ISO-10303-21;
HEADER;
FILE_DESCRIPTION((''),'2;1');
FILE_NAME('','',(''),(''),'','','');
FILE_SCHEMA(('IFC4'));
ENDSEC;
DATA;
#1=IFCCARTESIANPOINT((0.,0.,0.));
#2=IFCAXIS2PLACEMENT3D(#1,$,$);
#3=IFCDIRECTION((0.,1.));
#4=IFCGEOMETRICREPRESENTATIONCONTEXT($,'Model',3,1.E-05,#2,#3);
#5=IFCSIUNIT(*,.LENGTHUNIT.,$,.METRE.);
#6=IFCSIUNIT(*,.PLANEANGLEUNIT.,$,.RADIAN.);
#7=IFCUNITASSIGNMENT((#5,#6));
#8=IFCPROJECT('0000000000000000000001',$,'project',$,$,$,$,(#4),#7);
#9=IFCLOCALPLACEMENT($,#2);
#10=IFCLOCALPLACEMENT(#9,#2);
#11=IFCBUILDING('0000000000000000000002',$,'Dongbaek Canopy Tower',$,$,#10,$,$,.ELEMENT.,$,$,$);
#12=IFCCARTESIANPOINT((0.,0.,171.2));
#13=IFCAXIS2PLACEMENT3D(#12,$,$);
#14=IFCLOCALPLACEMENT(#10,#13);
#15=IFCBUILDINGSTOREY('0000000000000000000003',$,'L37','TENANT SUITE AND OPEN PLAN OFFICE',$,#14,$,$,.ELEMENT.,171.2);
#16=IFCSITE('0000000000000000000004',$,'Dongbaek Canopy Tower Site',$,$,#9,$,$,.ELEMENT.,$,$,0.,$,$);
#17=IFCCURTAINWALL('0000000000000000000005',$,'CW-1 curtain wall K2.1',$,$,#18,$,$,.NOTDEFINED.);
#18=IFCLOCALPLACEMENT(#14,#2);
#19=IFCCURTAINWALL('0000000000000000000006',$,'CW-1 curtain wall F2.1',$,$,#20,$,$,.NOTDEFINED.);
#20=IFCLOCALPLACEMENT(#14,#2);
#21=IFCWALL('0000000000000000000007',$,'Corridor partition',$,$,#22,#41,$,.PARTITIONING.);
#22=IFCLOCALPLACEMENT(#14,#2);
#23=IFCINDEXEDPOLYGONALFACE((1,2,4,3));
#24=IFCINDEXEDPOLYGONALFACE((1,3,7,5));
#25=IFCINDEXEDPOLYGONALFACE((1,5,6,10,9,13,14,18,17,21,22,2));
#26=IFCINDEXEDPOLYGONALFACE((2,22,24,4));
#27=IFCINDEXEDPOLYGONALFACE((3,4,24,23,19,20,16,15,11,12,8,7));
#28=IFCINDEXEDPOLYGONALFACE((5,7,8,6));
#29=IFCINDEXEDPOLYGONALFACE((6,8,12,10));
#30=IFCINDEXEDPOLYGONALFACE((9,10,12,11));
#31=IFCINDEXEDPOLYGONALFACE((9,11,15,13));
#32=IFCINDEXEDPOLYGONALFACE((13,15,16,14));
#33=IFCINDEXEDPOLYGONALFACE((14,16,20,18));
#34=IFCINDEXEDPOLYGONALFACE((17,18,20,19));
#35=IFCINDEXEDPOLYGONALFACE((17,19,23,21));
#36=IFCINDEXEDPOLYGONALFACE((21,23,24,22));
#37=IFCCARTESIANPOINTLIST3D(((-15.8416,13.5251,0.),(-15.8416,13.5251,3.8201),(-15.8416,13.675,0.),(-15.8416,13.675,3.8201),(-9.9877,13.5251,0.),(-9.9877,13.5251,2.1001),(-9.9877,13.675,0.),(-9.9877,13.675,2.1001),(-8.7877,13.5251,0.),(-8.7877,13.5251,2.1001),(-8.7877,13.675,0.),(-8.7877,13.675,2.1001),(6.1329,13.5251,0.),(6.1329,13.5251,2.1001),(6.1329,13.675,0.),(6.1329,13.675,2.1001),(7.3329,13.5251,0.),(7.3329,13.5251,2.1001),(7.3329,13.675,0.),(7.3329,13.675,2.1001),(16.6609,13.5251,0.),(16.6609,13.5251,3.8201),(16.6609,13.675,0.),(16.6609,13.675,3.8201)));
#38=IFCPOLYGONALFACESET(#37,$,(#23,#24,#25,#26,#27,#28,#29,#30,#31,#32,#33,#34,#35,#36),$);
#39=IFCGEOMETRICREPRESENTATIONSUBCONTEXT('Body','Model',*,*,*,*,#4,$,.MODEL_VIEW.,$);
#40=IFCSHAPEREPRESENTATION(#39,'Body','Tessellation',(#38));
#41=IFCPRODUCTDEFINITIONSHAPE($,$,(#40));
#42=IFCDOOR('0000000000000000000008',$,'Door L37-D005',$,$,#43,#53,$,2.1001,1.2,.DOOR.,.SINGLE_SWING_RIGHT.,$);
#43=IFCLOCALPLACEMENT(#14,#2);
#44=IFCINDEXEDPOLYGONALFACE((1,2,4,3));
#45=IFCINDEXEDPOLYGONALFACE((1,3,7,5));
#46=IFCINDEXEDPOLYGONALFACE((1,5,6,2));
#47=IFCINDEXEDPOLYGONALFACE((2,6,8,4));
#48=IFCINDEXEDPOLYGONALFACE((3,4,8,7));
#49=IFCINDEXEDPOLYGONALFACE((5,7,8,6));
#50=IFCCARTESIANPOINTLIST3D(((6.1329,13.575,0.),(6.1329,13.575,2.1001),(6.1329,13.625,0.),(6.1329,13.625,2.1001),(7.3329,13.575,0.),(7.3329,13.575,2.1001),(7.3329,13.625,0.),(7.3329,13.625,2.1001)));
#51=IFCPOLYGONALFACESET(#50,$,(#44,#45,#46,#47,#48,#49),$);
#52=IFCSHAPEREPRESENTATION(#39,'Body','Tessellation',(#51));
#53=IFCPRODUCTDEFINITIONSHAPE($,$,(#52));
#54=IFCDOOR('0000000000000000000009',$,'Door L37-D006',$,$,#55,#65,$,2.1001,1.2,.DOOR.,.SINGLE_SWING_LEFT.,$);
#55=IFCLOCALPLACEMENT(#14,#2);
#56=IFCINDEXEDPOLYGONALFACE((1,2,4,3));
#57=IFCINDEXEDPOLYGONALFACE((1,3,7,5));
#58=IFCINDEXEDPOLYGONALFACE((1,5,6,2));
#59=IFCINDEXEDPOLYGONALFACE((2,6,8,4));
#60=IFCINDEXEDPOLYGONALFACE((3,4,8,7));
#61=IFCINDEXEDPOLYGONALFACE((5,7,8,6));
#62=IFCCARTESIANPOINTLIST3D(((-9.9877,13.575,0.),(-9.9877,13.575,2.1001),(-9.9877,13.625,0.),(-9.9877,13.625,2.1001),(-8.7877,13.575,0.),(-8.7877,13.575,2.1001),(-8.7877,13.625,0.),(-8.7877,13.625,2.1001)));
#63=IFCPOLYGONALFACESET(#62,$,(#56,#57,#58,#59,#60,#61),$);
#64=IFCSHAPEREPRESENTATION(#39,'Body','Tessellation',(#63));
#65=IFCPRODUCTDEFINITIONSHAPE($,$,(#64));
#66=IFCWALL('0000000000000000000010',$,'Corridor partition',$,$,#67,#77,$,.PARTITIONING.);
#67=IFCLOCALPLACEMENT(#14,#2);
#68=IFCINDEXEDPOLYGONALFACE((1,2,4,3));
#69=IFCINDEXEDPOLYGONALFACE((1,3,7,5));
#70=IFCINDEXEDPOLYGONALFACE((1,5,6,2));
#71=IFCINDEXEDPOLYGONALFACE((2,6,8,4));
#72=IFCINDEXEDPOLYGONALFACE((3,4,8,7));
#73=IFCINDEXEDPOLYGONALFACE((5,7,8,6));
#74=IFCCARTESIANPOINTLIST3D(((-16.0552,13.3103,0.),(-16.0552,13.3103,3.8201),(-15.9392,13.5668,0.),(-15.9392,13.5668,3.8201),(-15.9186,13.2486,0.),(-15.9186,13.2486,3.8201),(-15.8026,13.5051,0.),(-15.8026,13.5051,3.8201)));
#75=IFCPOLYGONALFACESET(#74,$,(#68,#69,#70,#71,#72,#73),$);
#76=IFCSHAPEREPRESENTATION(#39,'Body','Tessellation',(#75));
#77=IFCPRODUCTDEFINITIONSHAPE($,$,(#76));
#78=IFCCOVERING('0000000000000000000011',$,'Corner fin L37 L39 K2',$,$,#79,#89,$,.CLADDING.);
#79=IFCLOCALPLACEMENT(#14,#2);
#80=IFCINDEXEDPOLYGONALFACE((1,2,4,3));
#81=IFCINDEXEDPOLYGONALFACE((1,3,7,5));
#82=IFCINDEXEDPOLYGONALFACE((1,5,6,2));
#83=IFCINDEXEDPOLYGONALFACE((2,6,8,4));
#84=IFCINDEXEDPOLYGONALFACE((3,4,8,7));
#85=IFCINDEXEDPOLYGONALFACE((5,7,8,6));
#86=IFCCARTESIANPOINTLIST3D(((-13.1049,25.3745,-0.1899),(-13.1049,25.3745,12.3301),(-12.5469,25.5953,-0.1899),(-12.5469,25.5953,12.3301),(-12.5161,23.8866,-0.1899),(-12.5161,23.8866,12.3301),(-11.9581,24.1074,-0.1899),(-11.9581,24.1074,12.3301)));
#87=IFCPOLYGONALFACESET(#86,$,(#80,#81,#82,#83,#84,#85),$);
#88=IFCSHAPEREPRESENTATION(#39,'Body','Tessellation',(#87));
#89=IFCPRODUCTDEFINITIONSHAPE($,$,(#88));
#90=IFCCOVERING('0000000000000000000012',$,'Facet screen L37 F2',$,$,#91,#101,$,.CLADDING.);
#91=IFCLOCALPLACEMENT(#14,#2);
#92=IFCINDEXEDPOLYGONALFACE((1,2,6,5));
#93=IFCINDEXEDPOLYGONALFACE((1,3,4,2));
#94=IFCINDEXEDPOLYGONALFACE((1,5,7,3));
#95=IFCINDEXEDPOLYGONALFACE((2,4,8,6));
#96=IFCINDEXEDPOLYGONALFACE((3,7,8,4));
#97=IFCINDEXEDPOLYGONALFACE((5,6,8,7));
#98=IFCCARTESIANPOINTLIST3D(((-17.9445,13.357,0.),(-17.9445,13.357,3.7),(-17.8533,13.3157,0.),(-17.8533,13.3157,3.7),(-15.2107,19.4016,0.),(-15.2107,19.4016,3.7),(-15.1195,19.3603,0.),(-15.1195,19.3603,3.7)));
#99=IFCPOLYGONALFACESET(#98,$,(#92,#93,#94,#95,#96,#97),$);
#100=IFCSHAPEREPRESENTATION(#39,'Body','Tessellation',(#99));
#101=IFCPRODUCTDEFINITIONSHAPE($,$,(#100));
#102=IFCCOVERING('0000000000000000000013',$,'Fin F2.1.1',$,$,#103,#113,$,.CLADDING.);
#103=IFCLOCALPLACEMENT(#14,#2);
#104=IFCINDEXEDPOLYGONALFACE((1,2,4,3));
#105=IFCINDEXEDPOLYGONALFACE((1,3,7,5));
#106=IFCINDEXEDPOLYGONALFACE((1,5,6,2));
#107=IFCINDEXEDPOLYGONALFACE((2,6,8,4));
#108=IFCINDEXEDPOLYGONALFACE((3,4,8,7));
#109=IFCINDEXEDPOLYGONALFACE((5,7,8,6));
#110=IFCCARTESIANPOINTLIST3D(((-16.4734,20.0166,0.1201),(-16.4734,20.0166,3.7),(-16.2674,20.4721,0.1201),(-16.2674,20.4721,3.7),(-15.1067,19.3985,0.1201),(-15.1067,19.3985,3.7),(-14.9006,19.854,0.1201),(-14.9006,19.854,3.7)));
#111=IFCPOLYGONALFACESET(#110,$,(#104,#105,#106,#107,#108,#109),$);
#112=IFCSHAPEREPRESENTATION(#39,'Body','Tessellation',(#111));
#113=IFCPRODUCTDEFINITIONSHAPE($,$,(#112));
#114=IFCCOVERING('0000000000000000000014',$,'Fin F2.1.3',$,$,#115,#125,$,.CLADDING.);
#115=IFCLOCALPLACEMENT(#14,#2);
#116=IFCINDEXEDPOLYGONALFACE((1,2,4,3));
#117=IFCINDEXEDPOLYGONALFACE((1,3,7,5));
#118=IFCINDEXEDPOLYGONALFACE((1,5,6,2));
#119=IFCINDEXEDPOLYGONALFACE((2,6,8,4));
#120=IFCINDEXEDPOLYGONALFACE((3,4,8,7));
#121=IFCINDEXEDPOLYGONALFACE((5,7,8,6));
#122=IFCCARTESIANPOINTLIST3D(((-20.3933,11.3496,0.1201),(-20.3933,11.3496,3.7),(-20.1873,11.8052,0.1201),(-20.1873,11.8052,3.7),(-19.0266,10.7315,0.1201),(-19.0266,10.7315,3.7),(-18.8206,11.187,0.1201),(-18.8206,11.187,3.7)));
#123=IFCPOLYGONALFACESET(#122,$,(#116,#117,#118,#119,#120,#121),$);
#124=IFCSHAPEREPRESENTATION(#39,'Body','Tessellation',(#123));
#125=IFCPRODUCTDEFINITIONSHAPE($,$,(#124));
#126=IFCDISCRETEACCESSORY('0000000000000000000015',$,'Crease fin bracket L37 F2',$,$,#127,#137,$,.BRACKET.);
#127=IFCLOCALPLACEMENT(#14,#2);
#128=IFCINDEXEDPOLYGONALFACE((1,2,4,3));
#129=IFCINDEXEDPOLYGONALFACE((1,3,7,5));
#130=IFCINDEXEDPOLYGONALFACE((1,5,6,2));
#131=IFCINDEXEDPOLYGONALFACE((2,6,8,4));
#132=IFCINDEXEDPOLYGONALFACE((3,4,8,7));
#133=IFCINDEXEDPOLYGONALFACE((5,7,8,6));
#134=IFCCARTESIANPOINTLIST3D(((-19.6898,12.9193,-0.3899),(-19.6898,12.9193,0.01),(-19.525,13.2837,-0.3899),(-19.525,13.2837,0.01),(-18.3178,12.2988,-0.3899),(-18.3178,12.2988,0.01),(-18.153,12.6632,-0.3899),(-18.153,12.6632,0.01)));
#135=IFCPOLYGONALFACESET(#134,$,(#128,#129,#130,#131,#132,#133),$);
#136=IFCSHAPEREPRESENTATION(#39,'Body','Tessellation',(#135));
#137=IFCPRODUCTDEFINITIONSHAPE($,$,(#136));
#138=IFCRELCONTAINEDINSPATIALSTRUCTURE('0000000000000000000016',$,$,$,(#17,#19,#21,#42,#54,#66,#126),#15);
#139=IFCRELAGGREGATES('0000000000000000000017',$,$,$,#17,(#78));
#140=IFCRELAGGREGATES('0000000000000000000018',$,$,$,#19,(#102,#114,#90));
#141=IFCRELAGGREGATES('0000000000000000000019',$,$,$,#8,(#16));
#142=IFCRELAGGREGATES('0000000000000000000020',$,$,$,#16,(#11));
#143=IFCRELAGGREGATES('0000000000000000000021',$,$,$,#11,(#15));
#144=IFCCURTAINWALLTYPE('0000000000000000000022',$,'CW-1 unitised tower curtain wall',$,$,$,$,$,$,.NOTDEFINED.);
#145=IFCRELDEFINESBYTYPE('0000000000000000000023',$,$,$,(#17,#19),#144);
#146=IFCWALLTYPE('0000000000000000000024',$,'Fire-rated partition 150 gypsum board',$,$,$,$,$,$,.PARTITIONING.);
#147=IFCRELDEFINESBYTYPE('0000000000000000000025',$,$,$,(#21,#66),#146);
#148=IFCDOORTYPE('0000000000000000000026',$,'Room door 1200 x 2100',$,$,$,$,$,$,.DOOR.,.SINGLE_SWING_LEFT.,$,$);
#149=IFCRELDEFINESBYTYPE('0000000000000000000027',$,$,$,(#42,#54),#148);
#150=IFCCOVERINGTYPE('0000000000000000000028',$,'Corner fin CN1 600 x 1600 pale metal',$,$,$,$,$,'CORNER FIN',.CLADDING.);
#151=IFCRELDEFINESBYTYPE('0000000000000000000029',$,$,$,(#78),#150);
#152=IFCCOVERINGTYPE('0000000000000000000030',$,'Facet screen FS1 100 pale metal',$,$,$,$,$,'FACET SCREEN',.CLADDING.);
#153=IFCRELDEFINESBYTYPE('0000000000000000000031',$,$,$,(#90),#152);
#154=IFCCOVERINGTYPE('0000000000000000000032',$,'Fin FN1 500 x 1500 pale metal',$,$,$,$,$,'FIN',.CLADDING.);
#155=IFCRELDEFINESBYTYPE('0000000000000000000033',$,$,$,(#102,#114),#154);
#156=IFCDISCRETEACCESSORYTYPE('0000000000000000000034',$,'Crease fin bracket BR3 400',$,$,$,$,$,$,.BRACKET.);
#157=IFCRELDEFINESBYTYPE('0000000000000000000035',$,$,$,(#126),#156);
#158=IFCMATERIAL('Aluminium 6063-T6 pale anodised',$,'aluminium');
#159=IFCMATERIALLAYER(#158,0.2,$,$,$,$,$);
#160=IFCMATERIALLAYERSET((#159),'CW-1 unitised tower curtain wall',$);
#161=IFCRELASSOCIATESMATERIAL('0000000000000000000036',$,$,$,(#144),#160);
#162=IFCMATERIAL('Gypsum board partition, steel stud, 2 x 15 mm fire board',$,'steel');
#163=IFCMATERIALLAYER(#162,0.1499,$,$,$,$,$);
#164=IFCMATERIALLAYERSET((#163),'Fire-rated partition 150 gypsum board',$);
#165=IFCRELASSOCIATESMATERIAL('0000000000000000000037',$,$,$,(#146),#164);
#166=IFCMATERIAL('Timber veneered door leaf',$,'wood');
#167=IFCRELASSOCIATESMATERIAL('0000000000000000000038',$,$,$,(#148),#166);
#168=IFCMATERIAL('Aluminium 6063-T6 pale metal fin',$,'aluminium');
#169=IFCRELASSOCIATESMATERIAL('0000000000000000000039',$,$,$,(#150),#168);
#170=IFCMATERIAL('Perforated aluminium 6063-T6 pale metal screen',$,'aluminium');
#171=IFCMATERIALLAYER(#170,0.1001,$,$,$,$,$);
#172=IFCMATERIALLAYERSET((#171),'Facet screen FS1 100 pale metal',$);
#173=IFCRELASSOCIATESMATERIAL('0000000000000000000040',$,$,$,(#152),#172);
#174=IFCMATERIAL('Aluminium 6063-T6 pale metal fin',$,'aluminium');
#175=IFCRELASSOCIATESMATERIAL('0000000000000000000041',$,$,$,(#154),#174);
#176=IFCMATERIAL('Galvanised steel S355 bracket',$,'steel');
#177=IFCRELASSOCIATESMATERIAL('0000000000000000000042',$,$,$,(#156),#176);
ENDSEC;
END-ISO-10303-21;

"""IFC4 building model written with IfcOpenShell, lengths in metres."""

from ifc_helpers import new_model, si_unit, direction, frame, frame_2d, origin, origin_2d, place, context, subcontext, project, spatial, rectangle, extrude, material, layer, layer_set, material_profile, profile_set, type_object, element, fill, aggregate, save


model = new_model("IFC4")

# Units and contexts
model_context = context("Model", 3, precision=1e-05, world=origin(), true_north=direction((0.0, 1.0)))
body_context = subcontext(model_context, "Body", "Model", "MODEL_VIEW")
ifc_project = project(units=[si_unit("LENGTHUNIT", "METRE"), si_unit("PLANEANGLEUNIT", "RADIAN")], contexts=[model_context])

# Site, building, storey
site_placement = place(None, origin())
site = spatial("IfcSite", under=ifc_project, at=site_placement, Name="Dongbaek Canopy Tower Site", CompositionType="ELEMENT", RefElevation=0.0)
building_placement = place(site_placement, origin())
building = spatial("IfcBuilding", under=site, at=building_placement, Name="Dongbaek Canopy Tower", CompositionType="ELEMENT")
storey_placement = place(building_placement, frame((0.0, 0.0, 171.2)))
storey = spatial("IfcBuildingStorey", under=building, at=storey_placement, Name="L37", Description="TENANT SUITE AND OPEN PLAN OFFICE", CompositionType="ELEMENT", Elevation=171.2)

# Curtain walls
ifc_material_1 = material(Name="Aluminium 6063-T6 pale anodised", Category="aluminium")
ifc_layer_1 = layer(ifc_material_1, 0.2)
ifc_layer_set_1 = layer_set([ifc_layer_1], Name="CW-1 unitised tower curtain wall")
curtain_wall_type = type_object("IfcCurtainWallType", Name="CW-1 unitised tower curtain wall", PredefinedType="NOTDEFINED", material=ifc_layer_set_1)
curtain_wall_1_placement = place(storey_placement, origin())
curtain_wall_1 = element("IfcCurtainWall", 1, at=curtain_wall_1_placement, inside=storey, type_object=curtain_wall_type, Name="CW-1 curtain wall K2.1", PredefinedType="NOTDEFINED")
curtain_wall_2_placement = place(storey_placement, origin())
curtain_wall_2 = element("IfcCurtainWall", 2, at=curtain_wall_2_placement, inside=storey, type_object=curtain_wall_type, Name="CW-1 curtain wall F2.1", PredefinedType="NOTDEFINED")

# Wall, openings, doors
ifc_material_2 = material(Name="Gypsum board partition, steel stud, 2 x 15 mm fire board", Category="steel")
ifc_layer_2 = layer(ifc_material_2, 0.1499)
ifc_layer_set_2 = layer_set([ifc_layer_2], Name="Fire-rated partition 150 gypsum board")
wall_type = type_object("IfcWallType", Name="Fire-rated partition 150 gypsum board", PredefinedType="PARTITIONING", material=ifc_layer_set_2)
wall_1_placement = place(storey_placement, frame((-15.8416, 13.6001, 0.0), z_axis=(0.0, 0.0, 1.0), x_axis=(1.0, 0.0, 0.0)))
wall_1 = element("IfcWall", 3, at=wall_1_placement, inside=storey, type_object=wall_type, Name="Corridor partition", PredefinedType="PARTITIONING", context=body_context, shape_type="SweptSolid", body=[
    extrude(rectangle(XDim=32.5024, YDim=0.1499, at=frame_2d((16.2512, 0.0))), origin(), (0.0, 0.0, 1.0), 3.8201),
])
opening_1_placement = place(wall_1_placement, frame((21.9744, 0.0, 0.0)))
opening_1 = element("IfcOpeningElement", 4, at=opening_1_placement, cuts=wall_1, PredefinedType="OPENING", context=body_context, shape_type="SweptSolid", body=[
    extrude(rectangle(XDim=1.2, YDim=2.1001, at=frame_2d((0.6001, 1.05))), frame((0.0, 0.085, 0.0), z_axis=(0.0, -1.0, 0.0), x_axis=(1.0, 0.0, 0.0)), (0.0, 0.0, 1.0), 0.1699),
])
opening_2_placement = place(wall_1_placement, frame((5.8538, 0.0, 0.0)))
opening_2 = element("IfcOpeningElement", 5, at=opening_2_placement, cuts=wall_1, PredefinedType="OPENING", context=body_context, shape_type="SweptSolid", body=[
    extrude(rectangle(XDim=1.2, YDim=2.1001, at=frame_2d((0.6001, 1.05))), frame((0.0, 0.085, 0.0), z_axis=(0.0, -1.0, 0.0), x_axis=(1.0, 0.0, 0.0)), (0.0, 0.0, 1.0), 0.1699),
])
ifc_material_3 = material(Name="Timber veneered door leaf", Category="wood")
door_type = type_object("IfcDoorType", Name="Room door 1200 x 2100", OperationType="SINGLE_SWING_LEFT", PredefinedType="DOOR", material=ifc_material_3)
door_1_placement = place(opening_1_placement, origin())
door_1 = element("IfcDoor", 6, at=door_1_placement, inside=storey, type_object=door_type, Name="Door L37-D005", OperationType="SINGLE_SWING_RIGHT", OverallHeight=2.1001, OverallWidth=1.2, PredefinedType="DOOR", context=body_context, shape_type="SweptSolid", body=[
    extrude(rectangle(XDim=1.2, YDim=2.1001, at=frame_2d((0.6001, 1.05))), frame((0.0, 0.0249, 0.0), z_axis=(0.0, -1.0, 0.0), x_axis=(1.0, 0.0, 0.0)), (0.0, 0.0, 1.0), 0.05),
])
fill(opening_1, door_1)
door_2_placement = place(opening_2_placement, origin())
door_2 = element("IfcDoor", 7, at=door_2_placement, inside=storey, type_object=door_type, Name="Door L37-D006", OperationType="SINGLE_SWING_LEFT", OverallHeight=2.1001, OverallWidth=1.2, PredefinedType="DOOR", context=body_context, shape_type="SweptSolid", body=[
    extrude(rectangle(XDim=1.2, YDim=2.1001, at=frame_2d((0.6001, 1.05))), frame((0.0, 0.0249, 0.0), z_axis=(0.0, -1.0, 0.0), x_axis=(1.0, 0.0, 0.0)), (0.0, 0.0, 1.0), 0.05),
])
fill(opening_2, door_2)

# Wall
wall_2_placement = place(storey_placement, frame((-15.9868, 13.2795, 0.0), z_axis=(0.0, 0.0, 1.0), x_axis=(0.411842, 0.911255, 0.0)))
element("IfcWall", 8, at=wall_2_placement, inside=storey, type_object=wall_type, Name="Corridor partition", PredefinedType="PARTITIONING", context=body_context, shape_type="SweptSolid", body=[
    extrude(rectangle(XDim=0.2815, YDim=0.1499, at=frame_2d((0.1406, 0.0))), origin(), (0.0, 0.0, 1.0), 3.8201),
])

# Coverings
ifc_material_4 = material(Name="Aluminium 6063-T6 pale metal fin", Category="aluminium")
ifc_material_profile_1 = material_profile(ifc_material_4, rectangle(XDim=1.6001, YDim=0.6001, at=origin_2d()), Name="Corner fin CN1 600 x 1600 pale metal")
ifc_profile_set_1 = profile_set([ifc_material_profile_1], Name="Aluminium 6063-T6 pale metal fin")
covering_type_1 = type_object("IfcCoveringType", Name="Corner fin CN1 600 x 1600 pale metal", ElementType="CORNER FIN", PredefinedType="CLADDING", material=ifc_profile_set_1)
covering_1_placement = place(storey_placement, frame((-12.5315, 24.741, -0.1899), z_axis=(0.0, 0.0, 1.0), x_axis=(-0.367936, 0.929851, 0.0)))
covering_1 = element("IfcCovering", 9, at=covering_1_placement, type_object=covering_type_1, Name="Corner fin L37 L39 K2", PredefinedType="CLADDING", context=body_context, shape_type="SweptSolid", body=[
    extrude(rectangle(XDim=1.6001, YDim=0.6001, at=origin_2d()), origin(), (0.0, 0.0, 1.0), 12.52),
])
aggregate(curtain_wall_1, [covering_1])
ifc_material_5 = material(Name="Perforated aluminium 6063-T6 pale metal screen", Category="aluminium")
ifc_layer_3 = layer(ifc_material_5, 0.1001)
ifc_layer_set_3 = layer_set([ifc_layer_3], Name="Facet screen FS1 100 pale metal")
covering_type_2 = type_object("IfcCoveringType", Name="Facet screen FS1 100 pale metal", ElementType="FACET SCREEN", PredefinedType="CLADDING", material=ifc_layer_set_3)
covering_2_placement = place(storey_placement, frame((-16.532, 16.3586, 0.0), z_axis=(0.0, 0.0, 1.0), x_axis=(-0.412081, -0.911147, 0.0)))
covering_2 = element("IfcCovering", 10, at=covering_2_placement, type_object=covering_type_2, Name="Facet screen L37 F2", PredefinedType="CLADDING", context=body_context, shape_type="SweptSolid", body=[
    extrude(rectangle(XDim=6.634, YDim=0.1001, at=origin_2d()), origin(), (0.0, 0.0, 1.0), 3.7),
])
ifc_material_6 = material(Name="Aluminium 6063-T6 pale metal fin", Category="aluminium")
ifc_material_profile_2 = material_profile(ifc_material_6, rectangle(XDim=1.5, YDim=0.5, at=origin_2d()), Name="Fin FN1 500 x 1500 pale metal")
ifc_profile_set_2 = profile_set([ifc_material_profile_2], Name="Aluminium 6063-T6 pale metal fin")
covering_type_3 = type_object("IfcCoveringType", Name="Fin FN1 500 x 1500 pale metal", ElementType="FIN", PredefinedType="CLADDING", material=ifc_profile_set_2)
covering_3_placement = place(storey_placement, frame((-15.687, 19.9353, 0.1201), z_axis=(0.0, 0.0, 1.0), x_axis=(-0.911148, 0.41208, 0.0)))
covering_3 = element("IfcCovering", 11, at=covering_3_placement, type_object=covering_type_3, Name="Fin F2.1.1", PredefinedType="CLADDING", context=body_context, shape_type="SweptSolid", body=[
    extrude(rectangle(XDim=1.5, YDim=0.5, at=origin_2d()), origin(), (0.0, 0.0, 1.0), 3.5798),
])
covering_4_placement = place(storey_placement, frame((-19.6069, 11.2683, 0.1201), z_axis=(0.0, 0.0, 1.0), x_axis=(-0.911148, 0.41208, 0.0)))
covering_4 = element("IfcCovering", 12, at=covering_4_placement, type_object=covering_type_3, Name="Fin F2.1.3", PredefinedType="CLADDING", context=body_context, shape_type="SweptSolid", body=[
    extrude(rectangle(XDim=1.5, YDim=0.5, at=origin_2d()), origin(), (0.0, 0.0, 1.0), 3.5798),
])
aggregate(curtain_wall_2, [covering_3, covering_4, covering_2])

# Discrete accessory
ifc_material_7 = material(Name="Galvanised steel S355 bracket", Category="steel")
discrete_accessory_type = type_object("IfcDiscreteAccessoryType", Name="Crease fin bracket BR3 400", PredefinedType="BRACKET", material=ifc_material_7)
discrete_accessory_placement = place(storey_placement, frame((-18.9214, 12.7913, -0.3899), z_axis=(0.0, 0.0, 1.0), x_axis=(-0.911147, 0.412081, 0.0)))
element("IfcDiscreteAccessory", 13, at=discrete_accessory_placement, inside=storey, type_object=discrete_accessory_type, Name="Crease fin bracket L37 F2", PredefinedType="BRACKET", context=body_context, shape_type="SweptSolid", body=[
    extrude(rectangle(XDim=1.5059, YDim=0.3999, at=origin_2d()), origin(), (0.0, 0.0, 1.0), 0.3999),
])

save(model, "model.ifc")
